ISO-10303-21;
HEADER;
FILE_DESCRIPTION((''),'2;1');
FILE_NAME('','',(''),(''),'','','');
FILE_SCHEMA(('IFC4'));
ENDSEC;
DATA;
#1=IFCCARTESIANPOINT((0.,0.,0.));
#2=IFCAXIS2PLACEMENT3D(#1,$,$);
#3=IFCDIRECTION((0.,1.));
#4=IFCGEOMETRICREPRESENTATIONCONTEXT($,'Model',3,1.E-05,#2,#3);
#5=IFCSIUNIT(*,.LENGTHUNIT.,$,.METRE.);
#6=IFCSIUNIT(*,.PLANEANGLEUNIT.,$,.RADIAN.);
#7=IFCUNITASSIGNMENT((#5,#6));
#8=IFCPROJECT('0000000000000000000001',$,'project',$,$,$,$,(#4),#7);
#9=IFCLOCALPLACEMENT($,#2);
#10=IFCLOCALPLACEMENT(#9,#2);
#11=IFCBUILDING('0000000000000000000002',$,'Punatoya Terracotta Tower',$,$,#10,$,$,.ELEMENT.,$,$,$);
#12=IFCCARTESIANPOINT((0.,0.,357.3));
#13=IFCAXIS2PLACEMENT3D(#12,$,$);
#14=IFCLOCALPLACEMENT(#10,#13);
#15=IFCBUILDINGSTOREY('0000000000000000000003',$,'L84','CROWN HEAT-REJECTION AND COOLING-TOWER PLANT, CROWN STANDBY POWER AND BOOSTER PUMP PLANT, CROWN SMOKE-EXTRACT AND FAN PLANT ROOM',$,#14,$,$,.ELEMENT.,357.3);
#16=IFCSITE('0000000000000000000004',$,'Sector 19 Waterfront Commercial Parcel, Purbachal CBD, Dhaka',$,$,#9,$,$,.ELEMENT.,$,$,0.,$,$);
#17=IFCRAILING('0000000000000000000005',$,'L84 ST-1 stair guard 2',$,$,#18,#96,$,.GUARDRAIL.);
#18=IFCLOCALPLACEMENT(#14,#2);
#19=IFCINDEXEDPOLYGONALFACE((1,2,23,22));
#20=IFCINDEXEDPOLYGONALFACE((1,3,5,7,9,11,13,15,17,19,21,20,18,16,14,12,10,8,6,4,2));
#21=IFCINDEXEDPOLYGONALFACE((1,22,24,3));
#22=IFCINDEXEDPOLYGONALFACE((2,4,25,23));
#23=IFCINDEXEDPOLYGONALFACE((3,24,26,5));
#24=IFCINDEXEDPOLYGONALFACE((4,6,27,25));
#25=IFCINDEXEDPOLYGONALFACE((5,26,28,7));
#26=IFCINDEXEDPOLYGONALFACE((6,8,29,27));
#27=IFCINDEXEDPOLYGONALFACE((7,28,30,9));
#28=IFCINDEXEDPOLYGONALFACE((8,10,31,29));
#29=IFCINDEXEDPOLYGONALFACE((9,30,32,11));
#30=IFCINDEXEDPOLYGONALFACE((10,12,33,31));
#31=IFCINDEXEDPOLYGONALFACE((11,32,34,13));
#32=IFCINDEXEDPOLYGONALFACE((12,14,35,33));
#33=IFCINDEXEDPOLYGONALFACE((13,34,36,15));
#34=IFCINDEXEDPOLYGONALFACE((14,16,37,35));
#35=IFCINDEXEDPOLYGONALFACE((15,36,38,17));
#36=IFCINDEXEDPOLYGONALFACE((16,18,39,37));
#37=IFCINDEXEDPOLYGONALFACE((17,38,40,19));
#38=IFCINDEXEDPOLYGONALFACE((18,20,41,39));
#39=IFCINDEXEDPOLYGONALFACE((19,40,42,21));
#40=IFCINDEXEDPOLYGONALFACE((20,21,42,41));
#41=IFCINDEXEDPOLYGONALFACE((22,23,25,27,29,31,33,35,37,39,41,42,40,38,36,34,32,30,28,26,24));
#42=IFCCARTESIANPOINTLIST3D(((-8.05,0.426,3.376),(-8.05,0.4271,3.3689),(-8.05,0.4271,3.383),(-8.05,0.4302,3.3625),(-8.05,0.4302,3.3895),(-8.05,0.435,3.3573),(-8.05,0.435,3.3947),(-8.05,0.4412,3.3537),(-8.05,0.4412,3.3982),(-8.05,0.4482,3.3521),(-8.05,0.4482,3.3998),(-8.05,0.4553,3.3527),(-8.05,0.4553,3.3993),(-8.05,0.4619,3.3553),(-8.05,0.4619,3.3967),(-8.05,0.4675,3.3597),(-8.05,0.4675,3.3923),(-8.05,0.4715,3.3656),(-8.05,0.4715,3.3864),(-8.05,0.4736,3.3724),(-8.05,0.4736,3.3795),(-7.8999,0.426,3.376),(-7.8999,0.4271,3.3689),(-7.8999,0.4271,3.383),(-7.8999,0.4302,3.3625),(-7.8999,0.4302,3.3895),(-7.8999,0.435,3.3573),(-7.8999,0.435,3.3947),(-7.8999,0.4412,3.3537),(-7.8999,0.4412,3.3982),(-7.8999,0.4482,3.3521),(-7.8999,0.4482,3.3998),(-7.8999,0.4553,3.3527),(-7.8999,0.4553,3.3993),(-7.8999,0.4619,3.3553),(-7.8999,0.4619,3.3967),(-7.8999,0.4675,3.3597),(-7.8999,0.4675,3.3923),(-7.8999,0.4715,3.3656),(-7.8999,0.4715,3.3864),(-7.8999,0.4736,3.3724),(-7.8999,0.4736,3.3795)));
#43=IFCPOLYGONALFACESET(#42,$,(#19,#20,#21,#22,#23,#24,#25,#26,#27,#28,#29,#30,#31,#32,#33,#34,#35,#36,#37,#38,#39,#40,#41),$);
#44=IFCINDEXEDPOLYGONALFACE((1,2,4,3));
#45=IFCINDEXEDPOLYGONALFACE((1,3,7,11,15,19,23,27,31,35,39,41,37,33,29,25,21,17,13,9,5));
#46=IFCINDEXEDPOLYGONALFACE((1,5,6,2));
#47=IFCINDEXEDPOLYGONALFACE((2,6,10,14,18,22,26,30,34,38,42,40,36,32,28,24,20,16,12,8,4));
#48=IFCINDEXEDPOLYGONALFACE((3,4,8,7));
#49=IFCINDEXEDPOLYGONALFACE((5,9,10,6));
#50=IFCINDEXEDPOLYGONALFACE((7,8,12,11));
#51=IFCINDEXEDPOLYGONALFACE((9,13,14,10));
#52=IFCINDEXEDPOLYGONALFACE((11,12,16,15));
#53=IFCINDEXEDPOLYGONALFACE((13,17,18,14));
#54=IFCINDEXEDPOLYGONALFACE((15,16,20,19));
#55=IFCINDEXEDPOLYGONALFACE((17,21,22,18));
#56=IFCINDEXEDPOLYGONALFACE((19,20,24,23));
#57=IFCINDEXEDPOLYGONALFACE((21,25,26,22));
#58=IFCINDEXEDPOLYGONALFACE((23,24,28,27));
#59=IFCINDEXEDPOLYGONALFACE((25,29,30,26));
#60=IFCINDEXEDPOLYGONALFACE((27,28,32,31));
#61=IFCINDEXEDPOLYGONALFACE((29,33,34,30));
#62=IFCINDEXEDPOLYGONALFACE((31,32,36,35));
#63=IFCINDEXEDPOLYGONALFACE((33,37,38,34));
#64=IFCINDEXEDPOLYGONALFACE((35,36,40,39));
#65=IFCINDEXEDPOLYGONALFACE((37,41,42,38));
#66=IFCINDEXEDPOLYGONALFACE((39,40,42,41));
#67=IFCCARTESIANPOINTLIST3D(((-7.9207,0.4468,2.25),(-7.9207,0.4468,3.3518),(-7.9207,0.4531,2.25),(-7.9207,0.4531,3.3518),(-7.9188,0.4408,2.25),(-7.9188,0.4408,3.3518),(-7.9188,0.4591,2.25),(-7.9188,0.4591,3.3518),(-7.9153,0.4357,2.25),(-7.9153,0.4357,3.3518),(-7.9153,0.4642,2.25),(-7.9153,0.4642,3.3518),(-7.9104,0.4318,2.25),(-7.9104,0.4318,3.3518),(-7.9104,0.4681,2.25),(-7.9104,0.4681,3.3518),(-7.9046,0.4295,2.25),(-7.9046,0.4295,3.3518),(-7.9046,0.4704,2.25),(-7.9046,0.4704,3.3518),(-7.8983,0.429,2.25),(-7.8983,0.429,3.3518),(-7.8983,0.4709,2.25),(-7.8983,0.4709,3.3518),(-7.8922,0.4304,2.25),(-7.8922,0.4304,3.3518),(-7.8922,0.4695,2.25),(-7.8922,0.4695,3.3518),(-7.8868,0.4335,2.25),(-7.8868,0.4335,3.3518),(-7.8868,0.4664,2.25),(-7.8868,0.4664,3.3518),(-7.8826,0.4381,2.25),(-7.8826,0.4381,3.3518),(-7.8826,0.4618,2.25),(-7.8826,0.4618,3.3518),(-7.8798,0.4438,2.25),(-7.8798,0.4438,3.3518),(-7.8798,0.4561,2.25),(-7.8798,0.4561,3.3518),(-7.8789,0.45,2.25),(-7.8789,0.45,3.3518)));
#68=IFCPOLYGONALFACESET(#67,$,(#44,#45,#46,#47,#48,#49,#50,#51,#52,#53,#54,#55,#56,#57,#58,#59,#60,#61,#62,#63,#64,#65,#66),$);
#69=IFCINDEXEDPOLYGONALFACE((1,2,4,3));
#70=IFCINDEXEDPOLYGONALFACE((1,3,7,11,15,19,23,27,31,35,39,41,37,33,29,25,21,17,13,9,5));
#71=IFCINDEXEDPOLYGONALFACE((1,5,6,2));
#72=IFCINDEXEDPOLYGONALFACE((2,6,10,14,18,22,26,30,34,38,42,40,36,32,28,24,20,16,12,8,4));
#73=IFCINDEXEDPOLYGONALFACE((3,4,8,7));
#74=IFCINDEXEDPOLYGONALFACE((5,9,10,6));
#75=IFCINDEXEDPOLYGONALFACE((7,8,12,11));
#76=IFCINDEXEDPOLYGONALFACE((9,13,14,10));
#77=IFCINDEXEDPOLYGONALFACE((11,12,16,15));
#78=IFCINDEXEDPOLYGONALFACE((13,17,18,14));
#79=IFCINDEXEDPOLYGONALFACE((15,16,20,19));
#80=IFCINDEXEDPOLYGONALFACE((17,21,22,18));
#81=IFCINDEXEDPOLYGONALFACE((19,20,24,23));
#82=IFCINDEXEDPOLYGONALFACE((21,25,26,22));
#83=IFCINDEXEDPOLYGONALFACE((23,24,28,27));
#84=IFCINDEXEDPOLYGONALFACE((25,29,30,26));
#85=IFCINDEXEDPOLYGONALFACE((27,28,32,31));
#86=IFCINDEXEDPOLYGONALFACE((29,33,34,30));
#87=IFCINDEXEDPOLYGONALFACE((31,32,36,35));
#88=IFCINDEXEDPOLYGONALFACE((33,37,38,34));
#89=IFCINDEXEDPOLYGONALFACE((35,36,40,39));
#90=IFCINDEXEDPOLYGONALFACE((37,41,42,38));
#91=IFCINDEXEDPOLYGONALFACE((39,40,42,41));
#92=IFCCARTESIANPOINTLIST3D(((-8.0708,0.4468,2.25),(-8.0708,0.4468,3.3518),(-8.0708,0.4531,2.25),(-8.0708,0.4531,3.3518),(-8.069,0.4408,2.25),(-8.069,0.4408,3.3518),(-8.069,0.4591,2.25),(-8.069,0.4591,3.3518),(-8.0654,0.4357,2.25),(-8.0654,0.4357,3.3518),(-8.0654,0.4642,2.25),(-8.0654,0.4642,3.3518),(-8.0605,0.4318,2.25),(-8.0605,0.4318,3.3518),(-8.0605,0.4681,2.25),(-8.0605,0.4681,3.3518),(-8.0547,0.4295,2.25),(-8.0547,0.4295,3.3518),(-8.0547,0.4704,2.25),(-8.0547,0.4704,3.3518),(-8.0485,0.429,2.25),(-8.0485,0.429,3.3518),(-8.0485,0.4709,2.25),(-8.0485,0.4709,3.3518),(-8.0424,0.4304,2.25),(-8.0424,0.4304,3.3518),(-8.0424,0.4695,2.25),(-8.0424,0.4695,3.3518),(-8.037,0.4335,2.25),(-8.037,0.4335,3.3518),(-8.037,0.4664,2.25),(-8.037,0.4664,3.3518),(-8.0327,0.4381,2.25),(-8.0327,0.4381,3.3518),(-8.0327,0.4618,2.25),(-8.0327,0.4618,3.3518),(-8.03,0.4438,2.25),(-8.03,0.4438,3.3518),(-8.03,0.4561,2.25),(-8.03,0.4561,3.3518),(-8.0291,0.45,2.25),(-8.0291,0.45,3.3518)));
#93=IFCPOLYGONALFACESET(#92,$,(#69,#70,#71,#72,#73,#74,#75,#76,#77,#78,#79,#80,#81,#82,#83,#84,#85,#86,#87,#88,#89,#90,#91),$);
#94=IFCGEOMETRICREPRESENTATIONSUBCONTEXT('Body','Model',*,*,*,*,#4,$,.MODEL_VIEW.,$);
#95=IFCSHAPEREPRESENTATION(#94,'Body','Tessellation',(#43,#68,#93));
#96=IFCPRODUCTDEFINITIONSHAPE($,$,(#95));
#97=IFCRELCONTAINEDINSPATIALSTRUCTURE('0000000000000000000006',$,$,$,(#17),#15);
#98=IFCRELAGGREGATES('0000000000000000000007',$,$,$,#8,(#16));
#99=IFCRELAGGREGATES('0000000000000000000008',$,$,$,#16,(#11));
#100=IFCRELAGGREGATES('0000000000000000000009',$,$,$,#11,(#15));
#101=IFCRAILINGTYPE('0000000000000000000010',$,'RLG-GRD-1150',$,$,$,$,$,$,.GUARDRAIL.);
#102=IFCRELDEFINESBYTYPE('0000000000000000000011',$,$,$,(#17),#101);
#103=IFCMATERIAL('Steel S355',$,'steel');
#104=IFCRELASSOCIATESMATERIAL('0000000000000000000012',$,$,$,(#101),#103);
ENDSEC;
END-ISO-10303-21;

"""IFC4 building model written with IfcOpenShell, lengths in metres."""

from ifc_helpers import new_model, si_unit, direction, frame, origin, origin_2d, place, context, subcontext, project, spatial, circle, extrude, material, type_object, element, save


model = new_model("IFC4")

# Units and contexts
model_context = context("Model", 3, precision=1e-05, world=origin(), true_north=direction((0.0, 1.0)))
body_context = subcontext(model_context, "Body", "Model", "MODEL_VIEW")
ifc_project = project(units=[si_unit("LENGTHUNIT", "METRE"), si_unit("PLANEANGLEUNIT", "RADIAN")], contexts=[model_context])

# Site, building, storey
site_placement = place(None, origin())
site = spatial("IfcSite", under=ifc_project, at=site_placement, Name="Sector 19 Waterfront Commercial Parcel, Purbachal CBD, Dhaka", CompositionType="ELEMENT", RefElevation=0.0)
building_placement = place(site_placement, origin())
building = spatial("IfcBuilding", under=site, at=building_placement, Name="Punatoya Terracotta Tower", CompositionType="ELEMENT")
storey_placement = place(building_placement, frame((0.0, 0.0, 357.3)))
storey = spatial("IfcBuildingStorey", under=building, at=storey_placement, Name="L84", Description="CROWN HEAT-REJECTION AND COOLING-TOWER PLANT, CROWN STANDBY POWER AND BOOSTER PUMP PLANT, CROWN SMOKE-EXTRACT AND FAN PLANT ROOM", CompositionType="ELEMENT", Elevation=357.3)

# Shared definitions
ifc_material_1 = material(Name="Steel S355", Category="steel")

# Railing
railing_type_1 = type_object("IfcRailingType", Name="RLG-GRD-1150", PredefinedType="GUARDRAIL", material=ifc_material_1)
railing_1_placement = place(storey_placement, frame((-7.8999, 0.45, 2.25)))
element("IfcRailing", 1, at=railing_1_placement, inside=storey, type_object=railing_type_1, Name="L84 ST-1 stair guard 2", PredefinedType="GUARDRAIL", context=body_context, shape_type="SweptSolid", body=[
    extrude(circle(Radius=0.0239, at=origin_2d()), frame((0.0, 0.0, 1.126), z_axis=(-1.0, 0.0, 0.0), x_axis=(0.0, -1.0, 0.0)), (0.0, 0.0, 1.0), 0.1501),
    extrude(circle(Radius=0.021, at=origin_2d()), origin(), (0.0, 0.0, 1.0), 1.1018),
    extrude(circle(Radius=0.021, at=origin_2d()), frame((-0.1501, 0.0, 0.0)), (0.0, 0.0, 1.0), 1.1018),
])

save(model, "model.ifc")
